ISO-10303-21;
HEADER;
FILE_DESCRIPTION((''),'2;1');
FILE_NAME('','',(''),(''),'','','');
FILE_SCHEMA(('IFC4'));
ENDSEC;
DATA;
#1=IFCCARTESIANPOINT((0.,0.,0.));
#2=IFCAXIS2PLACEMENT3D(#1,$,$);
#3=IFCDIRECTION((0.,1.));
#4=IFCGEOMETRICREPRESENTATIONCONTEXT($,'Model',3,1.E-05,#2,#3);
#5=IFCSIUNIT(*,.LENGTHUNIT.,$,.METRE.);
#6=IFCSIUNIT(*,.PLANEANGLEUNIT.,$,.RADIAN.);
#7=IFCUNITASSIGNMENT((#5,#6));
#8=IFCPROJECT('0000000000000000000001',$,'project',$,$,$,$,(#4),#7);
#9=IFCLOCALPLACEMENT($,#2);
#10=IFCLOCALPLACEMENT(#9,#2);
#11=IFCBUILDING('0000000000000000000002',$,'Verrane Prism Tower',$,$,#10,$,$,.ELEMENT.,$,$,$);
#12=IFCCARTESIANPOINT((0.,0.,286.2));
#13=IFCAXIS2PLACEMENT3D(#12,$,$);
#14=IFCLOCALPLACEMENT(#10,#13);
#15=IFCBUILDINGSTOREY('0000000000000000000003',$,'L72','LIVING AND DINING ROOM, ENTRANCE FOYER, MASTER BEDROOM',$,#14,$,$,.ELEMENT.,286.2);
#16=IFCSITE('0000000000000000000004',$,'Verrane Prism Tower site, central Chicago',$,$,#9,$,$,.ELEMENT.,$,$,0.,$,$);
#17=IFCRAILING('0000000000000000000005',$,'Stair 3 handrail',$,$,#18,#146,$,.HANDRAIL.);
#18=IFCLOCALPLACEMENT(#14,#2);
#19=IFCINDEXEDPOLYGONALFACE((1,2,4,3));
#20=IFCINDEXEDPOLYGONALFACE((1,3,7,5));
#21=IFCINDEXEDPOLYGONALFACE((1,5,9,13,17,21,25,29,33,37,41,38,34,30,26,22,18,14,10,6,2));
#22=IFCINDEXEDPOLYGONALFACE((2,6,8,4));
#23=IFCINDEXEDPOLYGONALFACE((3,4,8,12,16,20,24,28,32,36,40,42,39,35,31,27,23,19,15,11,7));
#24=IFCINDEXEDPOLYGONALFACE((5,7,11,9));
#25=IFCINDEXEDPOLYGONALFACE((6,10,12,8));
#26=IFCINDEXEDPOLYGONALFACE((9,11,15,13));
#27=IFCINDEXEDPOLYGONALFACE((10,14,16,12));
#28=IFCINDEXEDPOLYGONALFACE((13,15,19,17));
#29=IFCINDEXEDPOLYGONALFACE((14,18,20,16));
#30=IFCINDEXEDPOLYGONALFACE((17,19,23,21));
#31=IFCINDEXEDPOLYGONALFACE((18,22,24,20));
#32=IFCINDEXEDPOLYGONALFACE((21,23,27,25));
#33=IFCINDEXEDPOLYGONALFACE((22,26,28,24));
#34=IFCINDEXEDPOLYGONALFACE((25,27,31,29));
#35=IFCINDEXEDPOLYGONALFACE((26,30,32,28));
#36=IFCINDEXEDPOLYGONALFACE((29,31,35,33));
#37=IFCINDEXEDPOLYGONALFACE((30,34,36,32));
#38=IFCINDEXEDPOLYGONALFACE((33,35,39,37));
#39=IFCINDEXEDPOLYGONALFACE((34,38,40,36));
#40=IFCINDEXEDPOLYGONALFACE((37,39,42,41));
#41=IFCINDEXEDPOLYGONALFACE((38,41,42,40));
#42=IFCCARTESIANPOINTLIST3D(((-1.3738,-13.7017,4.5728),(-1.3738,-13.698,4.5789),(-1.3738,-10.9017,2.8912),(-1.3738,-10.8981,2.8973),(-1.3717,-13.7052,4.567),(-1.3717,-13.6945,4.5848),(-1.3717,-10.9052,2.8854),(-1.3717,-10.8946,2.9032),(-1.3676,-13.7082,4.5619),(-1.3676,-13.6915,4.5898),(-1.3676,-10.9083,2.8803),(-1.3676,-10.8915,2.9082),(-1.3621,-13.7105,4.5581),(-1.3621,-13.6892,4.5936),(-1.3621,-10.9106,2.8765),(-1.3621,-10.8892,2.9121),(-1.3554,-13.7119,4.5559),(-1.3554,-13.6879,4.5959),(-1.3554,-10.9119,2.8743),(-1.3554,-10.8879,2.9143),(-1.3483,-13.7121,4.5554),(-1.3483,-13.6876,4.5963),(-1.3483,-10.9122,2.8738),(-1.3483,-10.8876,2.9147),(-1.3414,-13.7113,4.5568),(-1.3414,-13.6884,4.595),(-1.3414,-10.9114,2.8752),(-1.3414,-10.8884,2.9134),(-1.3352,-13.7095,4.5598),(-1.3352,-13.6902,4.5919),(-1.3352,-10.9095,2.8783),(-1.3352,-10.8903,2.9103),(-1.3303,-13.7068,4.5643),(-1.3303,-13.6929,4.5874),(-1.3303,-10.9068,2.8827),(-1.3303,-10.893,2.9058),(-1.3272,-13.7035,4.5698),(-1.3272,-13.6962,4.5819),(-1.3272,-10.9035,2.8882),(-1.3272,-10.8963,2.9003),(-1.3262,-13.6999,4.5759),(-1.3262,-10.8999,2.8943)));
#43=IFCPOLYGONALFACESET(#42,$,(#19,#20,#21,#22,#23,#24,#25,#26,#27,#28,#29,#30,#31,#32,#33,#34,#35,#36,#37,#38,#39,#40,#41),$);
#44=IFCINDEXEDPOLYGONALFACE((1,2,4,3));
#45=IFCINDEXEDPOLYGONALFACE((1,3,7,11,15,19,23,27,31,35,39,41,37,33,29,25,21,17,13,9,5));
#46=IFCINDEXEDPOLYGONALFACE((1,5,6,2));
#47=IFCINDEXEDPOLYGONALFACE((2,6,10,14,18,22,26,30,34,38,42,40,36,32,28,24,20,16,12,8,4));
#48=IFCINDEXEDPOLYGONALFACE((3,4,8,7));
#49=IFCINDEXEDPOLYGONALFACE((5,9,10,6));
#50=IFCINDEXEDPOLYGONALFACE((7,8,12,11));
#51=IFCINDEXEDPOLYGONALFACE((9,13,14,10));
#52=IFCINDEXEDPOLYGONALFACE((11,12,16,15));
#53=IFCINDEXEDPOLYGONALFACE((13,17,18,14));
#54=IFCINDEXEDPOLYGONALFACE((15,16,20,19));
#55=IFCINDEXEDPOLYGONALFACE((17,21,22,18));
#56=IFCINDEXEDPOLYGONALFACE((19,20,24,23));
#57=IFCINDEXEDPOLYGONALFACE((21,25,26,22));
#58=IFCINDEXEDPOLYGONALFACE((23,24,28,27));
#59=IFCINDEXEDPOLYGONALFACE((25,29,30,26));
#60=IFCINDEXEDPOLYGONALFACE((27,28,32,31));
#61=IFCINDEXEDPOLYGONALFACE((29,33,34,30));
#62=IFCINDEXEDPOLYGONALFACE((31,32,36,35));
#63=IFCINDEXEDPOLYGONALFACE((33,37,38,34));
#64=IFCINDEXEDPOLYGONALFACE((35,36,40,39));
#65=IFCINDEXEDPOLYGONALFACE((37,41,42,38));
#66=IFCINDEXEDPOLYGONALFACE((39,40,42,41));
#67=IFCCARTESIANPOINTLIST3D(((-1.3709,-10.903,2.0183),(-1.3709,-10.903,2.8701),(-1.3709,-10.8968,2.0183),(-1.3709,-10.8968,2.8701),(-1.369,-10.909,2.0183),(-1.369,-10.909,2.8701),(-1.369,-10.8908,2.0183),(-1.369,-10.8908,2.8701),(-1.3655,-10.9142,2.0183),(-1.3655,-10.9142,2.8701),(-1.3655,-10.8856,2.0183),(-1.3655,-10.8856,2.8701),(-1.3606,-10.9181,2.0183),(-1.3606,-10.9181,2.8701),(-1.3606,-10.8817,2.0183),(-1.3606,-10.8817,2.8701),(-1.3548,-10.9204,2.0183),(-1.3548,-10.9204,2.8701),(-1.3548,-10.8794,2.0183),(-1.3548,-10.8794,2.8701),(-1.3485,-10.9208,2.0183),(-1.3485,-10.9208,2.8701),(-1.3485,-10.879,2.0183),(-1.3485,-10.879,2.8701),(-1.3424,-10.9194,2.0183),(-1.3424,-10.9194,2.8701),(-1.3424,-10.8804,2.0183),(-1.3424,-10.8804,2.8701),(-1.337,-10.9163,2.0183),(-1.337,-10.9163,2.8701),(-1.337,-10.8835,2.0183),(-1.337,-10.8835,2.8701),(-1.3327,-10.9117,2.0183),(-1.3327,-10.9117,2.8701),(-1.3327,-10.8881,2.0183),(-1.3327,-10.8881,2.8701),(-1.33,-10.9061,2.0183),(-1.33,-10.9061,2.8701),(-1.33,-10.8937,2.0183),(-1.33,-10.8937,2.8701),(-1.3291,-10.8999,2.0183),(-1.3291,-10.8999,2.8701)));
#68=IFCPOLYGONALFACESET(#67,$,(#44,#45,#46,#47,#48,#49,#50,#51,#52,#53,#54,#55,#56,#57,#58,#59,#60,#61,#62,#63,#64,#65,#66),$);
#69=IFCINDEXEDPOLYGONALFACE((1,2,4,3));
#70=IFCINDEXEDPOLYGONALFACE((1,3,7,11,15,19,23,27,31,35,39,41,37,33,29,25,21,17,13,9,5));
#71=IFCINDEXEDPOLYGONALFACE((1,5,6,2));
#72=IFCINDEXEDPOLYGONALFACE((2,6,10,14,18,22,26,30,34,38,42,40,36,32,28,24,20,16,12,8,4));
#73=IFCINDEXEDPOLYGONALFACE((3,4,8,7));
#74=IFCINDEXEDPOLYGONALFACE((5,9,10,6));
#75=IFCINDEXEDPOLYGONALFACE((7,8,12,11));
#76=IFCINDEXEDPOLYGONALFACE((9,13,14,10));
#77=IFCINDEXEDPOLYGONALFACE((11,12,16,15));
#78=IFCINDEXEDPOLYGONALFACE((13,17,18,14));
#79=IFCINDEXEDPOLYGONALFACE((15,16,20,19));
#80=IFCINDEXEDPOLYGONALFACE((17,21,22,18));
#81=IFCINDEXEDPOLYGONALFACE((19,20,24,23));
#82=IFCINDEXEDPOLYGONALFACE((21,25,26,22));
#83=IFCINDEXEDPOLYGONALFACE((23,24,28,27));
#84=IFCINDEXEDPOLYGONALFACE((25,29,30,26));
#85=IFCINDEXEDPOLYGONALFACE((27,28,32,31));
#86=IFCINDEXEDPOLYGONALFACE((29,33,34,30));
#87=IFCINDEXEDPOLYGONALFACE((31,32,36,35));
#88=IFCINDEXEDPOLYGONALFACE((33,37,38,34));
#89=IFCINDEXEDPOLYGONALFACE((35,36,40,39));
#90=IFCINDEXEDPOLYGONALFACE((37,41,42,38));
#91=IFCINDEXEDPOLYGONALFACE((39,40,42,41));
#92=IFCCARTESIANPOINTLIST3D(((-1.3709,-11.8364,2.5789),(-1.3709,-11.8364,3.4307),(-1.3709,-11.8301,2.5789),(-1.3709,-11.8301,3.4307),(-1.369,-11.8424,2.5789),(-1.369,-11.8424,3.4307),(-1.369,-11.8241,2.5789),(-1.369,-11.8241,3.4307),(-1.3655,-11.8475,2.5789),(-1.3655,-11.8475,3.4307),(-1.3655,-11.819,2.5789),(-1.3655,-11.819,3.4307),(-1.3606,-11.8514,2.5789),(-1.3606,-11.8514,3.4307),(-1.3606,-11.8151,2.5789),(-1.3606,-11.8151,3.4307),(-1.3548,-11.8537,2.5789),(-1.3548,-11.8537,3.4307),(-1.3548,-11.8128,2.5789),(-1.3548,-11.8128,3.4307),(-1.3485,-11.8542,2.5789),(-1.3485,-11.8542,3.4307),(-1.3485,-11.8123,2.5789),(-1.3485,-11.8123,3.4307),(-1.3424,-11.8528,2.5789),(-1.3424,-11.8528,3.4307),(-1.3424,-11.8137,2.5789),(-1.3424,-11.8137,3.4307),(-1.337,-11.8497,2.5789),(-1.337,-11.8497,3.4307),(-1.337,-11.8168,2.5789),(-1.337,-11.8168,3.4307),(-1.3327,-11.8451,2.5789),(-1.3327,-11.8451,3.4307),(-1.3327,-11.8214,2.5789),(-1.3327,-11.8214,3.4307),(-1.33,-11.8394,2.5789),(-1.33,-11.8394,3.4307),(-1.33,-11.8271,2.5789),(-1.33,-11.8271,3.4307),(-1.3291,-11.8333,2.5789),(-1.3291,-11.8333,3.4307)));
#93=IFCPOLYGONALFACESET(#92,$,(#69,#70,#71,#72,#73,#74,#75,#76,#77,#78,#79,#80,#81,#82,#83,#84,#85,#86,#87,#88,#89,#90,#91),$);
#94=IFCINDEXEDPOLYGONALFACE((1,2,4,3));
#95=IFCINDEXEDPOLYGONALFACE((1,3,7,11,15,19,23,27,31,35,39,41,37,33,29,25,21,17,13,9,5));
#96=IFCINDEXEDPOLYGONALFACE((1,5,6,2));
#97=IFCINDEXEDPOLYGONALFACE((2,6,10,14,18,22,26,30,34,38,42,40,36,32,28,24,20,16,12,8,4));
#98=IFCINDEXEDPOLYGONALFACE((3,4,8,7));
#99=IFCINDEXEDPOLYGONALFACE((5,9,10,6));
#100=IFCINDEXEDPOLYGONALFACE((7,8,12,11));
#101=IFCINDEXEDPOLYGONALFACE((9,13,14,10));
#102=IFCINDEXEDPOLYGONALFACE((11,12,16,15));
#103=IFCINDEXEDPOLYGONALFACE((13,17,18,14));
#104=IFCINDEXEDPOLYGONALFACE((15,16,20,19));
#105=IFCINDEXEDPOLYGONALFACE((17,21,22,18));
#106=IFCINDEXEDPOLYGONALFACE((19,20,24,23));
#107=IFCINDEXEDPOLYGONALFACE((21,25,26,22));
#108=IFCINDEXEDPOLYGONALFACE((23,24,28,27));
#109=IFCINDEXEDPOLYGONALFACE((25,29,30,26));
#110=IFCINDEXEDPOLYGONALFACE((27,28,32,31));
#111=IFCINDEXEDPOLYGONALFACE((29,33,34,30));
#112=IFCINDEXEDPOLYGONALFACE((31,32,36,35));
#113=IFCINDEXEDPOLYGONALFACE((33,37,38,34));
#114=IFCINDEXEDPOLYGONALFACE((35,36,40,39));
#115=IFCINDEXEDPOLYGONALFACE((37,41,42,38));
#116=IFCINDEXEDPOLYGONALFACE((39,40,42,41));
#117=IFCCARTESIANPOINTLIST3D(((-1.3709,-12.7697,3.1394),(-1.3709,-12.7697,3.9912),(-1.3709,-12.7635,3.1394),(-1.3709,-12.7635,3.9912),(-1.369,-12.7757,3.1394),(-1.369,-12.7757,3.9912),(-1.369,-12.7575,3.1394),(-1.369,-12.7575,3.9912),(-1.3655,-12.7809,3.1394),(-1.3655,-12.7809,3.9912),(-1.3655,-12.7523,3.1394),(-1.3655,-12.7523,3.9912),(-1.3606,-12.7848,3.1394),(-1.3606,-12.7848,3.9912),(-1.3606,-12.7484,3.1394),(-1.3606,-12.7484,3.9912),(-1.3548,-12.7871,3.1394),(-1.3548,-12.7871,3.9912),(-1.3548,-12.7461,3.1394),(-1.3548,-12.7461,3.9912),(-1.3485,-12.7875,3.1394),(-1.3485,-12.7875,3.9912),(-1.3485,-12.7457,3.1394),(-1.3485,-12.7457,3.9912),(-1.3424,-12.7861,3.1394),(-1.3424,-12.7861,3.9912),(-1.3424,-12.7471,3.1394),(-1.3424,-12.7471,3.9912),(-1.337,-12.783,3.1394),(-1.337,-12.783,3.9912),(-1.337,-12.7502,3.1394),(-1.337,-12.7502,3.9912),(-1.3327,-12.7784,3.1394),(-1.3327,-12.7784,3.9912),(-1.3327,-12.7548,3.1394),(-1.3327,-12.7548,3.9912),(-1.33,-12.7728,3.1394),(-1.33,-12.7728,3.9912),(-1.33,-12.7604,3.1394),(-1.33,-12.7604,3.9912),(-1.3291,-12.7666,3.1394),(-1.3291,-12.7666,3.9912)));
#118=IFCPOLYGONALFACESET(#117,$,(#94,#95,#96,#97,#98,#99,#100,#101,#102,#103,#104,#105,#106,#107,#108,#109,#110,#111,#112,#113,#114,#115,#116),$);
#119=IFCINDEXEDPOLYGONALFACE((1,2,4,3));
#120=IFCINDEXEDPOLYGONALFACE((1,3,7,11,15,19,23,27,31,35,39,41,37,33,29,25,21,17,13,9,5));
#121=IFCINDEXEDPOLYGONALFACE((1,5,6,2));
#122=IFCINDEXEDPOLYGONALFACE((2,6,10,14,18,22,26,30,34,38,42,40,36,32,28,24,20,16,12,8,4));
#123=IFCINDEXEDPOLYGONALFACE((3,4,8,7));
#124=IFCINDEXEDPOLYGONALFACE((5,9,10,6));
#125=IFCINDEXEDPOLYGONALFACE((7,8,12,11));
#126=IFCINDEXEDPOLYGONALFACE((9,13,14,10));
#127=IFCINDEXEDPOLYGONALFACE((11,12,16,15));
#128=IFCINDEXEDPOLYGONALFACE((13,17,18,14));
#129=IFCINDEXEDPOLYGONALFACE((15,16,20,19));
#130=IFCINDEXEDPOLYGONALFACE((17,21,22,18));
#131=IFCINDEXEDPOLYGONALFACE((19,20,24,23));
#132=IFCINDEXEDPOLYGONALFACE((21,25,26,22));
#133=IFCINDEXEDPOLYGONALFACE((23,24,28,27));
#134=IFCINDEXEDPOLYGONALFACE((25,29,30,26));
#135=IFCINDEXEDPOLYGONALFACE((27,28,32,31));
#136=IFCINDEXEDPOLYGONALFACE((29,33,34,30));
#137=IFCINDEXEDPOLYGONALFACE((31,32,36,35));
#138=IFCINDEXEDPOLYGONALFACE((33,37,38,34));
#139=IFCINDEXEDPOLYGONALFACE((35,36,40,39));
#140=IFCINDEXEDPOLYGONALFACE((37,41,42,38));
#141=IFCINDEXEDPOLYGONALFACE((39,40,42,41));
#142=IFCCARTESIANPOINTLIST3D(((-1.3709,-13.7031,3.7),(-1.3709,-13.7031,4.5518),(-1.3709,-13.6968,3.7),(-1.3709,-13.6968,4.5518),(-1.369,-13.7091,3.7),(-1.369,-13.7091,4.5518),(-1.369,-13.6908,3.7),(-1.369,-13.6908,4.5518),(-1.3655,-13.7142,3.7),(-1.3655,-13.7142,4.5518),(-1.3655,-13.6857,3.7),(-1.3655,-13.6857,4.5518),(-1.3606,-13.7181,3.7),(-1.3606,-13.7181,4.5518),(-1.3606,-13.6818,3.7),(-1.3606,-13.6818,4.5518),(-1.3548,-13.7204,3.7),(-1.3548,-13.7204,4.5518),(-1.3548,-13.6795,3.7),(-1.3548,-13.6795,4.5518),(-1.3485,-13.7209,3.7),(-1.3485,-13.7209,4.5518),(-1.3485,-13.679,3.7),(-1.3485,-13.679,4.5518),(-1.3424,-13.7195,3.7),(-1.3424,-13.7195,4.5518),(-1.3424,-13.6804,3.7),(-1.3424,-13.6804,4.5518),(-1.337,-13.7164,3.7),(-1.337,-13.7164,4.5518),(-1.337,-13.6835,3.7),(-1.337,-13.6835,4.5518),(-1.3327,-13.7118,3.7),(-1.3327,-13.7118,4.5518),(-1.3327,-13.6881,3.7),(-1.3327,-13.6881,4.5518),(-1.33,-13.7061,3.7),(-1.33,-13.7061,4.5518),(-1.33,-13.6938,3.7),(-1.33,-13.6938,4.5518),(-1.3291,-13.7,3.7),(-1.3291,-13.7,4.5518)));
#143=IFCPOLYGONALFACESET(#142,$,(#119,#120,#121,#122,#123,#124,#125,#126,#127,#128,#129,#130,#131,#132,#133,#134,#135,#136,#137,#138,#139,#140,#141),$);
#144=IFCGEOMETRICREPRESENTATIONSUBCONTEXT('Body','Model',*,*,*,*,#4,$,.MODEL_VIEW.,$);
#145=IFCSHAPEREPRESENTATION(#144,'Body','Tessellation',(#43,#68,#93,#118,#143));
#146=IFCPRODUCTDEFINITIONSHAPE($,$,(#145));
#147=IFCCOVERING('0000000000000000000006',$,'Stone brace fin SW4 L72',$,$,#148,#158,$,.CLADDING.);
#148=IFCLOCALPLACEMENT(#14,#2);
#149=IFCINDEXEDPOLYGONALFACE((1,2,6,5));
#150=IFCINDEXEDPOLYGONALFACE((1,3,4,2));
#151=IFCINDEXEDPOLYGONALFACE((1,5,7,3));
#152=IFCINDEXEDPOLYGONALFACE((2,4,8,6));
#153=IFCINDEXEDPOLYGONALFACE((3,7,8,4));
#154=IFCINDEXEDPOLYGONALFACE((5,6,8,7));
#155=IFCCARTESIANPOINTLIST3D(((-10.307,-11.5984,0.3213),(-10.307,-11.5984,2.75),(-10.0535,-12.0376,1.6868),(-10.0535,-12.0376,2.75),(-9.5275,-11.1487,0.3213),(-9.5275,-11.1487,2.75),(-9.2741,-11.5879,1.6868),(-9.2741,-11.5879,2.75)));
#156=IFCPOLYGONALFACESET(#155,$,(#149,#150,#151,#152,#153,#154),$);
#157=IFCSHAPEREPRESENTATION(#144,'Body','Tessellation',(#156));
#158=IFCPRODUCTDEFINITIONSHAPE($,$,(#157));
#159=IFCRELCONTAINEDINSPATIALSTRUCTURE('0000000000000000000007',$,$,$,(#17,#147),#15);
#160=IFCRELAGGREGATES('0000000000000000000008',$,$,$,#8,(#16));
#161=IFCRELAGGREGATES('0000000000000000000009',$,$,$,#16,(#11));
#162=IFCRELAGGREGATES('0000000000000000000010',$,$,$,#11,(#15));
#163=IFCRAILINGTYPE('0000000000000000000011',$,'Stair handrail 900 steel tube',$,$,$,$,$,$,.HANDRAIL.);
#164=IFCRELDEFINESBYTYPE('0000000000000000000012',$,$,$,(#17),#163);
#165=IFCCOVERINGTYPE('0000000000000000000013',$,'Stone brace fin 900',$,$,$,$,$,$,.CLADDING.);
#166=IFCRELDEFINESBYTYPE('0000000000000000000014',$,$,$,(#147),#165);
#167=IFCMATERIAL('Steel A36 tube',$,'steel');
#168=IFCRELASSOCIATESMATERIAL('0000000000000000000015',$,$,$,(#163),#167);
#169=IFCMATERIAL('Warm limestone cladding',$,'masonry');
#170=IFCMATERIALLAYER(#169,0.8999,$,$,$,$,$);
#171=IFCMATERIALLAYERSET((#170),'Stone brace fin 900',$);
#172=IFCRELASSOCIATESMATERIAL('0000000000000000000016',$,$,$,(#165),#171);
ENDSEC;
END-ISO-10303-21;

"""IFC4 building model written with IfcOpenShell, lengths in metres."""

from ifc_helpers import new_model, si_unit, direction, frame, origin, origin_2d, place, context, subcontext, project, spatial, polyline, circle, outline, extrude, material, layer, layer_set, type_object, element, save


model = new_model("IFC4")

# Units and contexts
model_context = context("Model", 3, precision=1e-05, world=origin(), true_north=direction((0.0, 1.0)))
body_context = subcontext(model_context, "Body", "Model", "MODEL_VIEW")
ifc_project = project(units=[si_unit("LENGTHUNIT", "METRE"), si_unit("PLANEANGLEUNIT", "RADIAN")], contexts=[model_context])

# Site, building, storey
site_placement = place(None, origin())
site = spatial("IfcSite", under=ifc_project, at=site_placement, Name="Verrane Prism Tower site, central Chicago", CompositionType="ELEMENT", RefElevation=0.0)
building_placement = place(site_placement, origin())
building = spatial("IfcBuilding", under=site, at=building_placement, Name="Verrane Prism Tower", CompositionType="ELEMENT")
storey_placement = place(building_placement, frame((0.0, 0.0, 286.2)))
storey = spatial("IfcBuildingStorey", under=building, at=storey_placement, Name="L72", Description="LIVING AND DINING ROOM, ENTRANCE FOYER, MASTER BEDROOM", CompositionType="ELEMENT", Elevation=286.2)

# Railing
ifc_material_1 = material(Name="Steel A36 tube", Category="steel")
railing_type = type_object("IfcRailingType", Name="Stair handrail 900 steel tube", PredefinedType="HANDRAIL", material=ifc_material_1)
railing_placement = place(storey_placement, frame((-1.3501, -10.8999, 2.0183)))
element("IfcRailing", 1, at=railing_placement, inside=storey, type_object=railing_type, Name="Stair 3 handrail", PredefinedType="HANDRAIL", context=body_context, shape_type="SweptSolid", body=[
    extrude(circle(Radius=0.0239, at=origin_2d()), frame((0.0, 0.0, 0.876), z_axis=(0.0, -0.857275, 0.514858), x_axis=(1.0, 0.0, 0.0)), (0.0, 0.0, 1.0), 3.2661),
    extrude(circle(Radius=0.021, at=origin_2d()), origin(), (0.0, 0.0, 1.0), 0.8518),
    extrude(circle(Radius=0.021, at=origin_2d()), frame((0.0, -0.9333, 0.5605)), (0.0, 0.0, 1.0), 0.8518),
    extrude(circle(Radius=0.021, at=origin_2d()), frame((0.0, -1.8667, 1.1211)), (0.0, 0.0, 1.0), 0.8518),
    extrude(circle(Radius=0.021, at=origin_2d()), frame((0.0, -2.8, 1.6816)), (0.0, 0.0, 1.0), 0.8518),
])

# Covering
ifc_material_2 = material(Name="Warm limestone cladding", Category="masonry")
ifc_layer_1 = layer(ifc_material_2, 0.8999)
ifc_layer_set_1 = layer_set([ifc_layer_1], Name="Stone brace fin 900")
covering_type = type_object("IfcCoveringType", Name="Stone brace fin 900", PredefinedType="CLADDING", material=ifc_layer_set_1)
covering_placement = place(storey_placement, frame((-9.9172, -11.3735, 0.3213), z_axis=(0.0, 0.0, 1.0), x_axis=(0.499764, -0.866162, 0.0)))
element("IfcCovering", 2, at=covering_placement, inside=storey, type_object=covering_type, Name="Stone brace fin SW4 L72", PredefinedType="CLADDING", context=body_context, shape_type="SweptSolid", body=[
    extrude(outline(polyline([(0.5071, 2.4287), (0.0, 2.4287), (0.0, 0.0), (0.5071, 1.3655), (0.5071, 2.4287)])), frame((0.0, 0.45, 0.0), z_axis=(0.0, -1.0, 0.0), x_axis=(1.0, 0.0, 0.0)), (0.0, 0.0, 1.0), 0.8999),
])

save(model, "model.ifc")
